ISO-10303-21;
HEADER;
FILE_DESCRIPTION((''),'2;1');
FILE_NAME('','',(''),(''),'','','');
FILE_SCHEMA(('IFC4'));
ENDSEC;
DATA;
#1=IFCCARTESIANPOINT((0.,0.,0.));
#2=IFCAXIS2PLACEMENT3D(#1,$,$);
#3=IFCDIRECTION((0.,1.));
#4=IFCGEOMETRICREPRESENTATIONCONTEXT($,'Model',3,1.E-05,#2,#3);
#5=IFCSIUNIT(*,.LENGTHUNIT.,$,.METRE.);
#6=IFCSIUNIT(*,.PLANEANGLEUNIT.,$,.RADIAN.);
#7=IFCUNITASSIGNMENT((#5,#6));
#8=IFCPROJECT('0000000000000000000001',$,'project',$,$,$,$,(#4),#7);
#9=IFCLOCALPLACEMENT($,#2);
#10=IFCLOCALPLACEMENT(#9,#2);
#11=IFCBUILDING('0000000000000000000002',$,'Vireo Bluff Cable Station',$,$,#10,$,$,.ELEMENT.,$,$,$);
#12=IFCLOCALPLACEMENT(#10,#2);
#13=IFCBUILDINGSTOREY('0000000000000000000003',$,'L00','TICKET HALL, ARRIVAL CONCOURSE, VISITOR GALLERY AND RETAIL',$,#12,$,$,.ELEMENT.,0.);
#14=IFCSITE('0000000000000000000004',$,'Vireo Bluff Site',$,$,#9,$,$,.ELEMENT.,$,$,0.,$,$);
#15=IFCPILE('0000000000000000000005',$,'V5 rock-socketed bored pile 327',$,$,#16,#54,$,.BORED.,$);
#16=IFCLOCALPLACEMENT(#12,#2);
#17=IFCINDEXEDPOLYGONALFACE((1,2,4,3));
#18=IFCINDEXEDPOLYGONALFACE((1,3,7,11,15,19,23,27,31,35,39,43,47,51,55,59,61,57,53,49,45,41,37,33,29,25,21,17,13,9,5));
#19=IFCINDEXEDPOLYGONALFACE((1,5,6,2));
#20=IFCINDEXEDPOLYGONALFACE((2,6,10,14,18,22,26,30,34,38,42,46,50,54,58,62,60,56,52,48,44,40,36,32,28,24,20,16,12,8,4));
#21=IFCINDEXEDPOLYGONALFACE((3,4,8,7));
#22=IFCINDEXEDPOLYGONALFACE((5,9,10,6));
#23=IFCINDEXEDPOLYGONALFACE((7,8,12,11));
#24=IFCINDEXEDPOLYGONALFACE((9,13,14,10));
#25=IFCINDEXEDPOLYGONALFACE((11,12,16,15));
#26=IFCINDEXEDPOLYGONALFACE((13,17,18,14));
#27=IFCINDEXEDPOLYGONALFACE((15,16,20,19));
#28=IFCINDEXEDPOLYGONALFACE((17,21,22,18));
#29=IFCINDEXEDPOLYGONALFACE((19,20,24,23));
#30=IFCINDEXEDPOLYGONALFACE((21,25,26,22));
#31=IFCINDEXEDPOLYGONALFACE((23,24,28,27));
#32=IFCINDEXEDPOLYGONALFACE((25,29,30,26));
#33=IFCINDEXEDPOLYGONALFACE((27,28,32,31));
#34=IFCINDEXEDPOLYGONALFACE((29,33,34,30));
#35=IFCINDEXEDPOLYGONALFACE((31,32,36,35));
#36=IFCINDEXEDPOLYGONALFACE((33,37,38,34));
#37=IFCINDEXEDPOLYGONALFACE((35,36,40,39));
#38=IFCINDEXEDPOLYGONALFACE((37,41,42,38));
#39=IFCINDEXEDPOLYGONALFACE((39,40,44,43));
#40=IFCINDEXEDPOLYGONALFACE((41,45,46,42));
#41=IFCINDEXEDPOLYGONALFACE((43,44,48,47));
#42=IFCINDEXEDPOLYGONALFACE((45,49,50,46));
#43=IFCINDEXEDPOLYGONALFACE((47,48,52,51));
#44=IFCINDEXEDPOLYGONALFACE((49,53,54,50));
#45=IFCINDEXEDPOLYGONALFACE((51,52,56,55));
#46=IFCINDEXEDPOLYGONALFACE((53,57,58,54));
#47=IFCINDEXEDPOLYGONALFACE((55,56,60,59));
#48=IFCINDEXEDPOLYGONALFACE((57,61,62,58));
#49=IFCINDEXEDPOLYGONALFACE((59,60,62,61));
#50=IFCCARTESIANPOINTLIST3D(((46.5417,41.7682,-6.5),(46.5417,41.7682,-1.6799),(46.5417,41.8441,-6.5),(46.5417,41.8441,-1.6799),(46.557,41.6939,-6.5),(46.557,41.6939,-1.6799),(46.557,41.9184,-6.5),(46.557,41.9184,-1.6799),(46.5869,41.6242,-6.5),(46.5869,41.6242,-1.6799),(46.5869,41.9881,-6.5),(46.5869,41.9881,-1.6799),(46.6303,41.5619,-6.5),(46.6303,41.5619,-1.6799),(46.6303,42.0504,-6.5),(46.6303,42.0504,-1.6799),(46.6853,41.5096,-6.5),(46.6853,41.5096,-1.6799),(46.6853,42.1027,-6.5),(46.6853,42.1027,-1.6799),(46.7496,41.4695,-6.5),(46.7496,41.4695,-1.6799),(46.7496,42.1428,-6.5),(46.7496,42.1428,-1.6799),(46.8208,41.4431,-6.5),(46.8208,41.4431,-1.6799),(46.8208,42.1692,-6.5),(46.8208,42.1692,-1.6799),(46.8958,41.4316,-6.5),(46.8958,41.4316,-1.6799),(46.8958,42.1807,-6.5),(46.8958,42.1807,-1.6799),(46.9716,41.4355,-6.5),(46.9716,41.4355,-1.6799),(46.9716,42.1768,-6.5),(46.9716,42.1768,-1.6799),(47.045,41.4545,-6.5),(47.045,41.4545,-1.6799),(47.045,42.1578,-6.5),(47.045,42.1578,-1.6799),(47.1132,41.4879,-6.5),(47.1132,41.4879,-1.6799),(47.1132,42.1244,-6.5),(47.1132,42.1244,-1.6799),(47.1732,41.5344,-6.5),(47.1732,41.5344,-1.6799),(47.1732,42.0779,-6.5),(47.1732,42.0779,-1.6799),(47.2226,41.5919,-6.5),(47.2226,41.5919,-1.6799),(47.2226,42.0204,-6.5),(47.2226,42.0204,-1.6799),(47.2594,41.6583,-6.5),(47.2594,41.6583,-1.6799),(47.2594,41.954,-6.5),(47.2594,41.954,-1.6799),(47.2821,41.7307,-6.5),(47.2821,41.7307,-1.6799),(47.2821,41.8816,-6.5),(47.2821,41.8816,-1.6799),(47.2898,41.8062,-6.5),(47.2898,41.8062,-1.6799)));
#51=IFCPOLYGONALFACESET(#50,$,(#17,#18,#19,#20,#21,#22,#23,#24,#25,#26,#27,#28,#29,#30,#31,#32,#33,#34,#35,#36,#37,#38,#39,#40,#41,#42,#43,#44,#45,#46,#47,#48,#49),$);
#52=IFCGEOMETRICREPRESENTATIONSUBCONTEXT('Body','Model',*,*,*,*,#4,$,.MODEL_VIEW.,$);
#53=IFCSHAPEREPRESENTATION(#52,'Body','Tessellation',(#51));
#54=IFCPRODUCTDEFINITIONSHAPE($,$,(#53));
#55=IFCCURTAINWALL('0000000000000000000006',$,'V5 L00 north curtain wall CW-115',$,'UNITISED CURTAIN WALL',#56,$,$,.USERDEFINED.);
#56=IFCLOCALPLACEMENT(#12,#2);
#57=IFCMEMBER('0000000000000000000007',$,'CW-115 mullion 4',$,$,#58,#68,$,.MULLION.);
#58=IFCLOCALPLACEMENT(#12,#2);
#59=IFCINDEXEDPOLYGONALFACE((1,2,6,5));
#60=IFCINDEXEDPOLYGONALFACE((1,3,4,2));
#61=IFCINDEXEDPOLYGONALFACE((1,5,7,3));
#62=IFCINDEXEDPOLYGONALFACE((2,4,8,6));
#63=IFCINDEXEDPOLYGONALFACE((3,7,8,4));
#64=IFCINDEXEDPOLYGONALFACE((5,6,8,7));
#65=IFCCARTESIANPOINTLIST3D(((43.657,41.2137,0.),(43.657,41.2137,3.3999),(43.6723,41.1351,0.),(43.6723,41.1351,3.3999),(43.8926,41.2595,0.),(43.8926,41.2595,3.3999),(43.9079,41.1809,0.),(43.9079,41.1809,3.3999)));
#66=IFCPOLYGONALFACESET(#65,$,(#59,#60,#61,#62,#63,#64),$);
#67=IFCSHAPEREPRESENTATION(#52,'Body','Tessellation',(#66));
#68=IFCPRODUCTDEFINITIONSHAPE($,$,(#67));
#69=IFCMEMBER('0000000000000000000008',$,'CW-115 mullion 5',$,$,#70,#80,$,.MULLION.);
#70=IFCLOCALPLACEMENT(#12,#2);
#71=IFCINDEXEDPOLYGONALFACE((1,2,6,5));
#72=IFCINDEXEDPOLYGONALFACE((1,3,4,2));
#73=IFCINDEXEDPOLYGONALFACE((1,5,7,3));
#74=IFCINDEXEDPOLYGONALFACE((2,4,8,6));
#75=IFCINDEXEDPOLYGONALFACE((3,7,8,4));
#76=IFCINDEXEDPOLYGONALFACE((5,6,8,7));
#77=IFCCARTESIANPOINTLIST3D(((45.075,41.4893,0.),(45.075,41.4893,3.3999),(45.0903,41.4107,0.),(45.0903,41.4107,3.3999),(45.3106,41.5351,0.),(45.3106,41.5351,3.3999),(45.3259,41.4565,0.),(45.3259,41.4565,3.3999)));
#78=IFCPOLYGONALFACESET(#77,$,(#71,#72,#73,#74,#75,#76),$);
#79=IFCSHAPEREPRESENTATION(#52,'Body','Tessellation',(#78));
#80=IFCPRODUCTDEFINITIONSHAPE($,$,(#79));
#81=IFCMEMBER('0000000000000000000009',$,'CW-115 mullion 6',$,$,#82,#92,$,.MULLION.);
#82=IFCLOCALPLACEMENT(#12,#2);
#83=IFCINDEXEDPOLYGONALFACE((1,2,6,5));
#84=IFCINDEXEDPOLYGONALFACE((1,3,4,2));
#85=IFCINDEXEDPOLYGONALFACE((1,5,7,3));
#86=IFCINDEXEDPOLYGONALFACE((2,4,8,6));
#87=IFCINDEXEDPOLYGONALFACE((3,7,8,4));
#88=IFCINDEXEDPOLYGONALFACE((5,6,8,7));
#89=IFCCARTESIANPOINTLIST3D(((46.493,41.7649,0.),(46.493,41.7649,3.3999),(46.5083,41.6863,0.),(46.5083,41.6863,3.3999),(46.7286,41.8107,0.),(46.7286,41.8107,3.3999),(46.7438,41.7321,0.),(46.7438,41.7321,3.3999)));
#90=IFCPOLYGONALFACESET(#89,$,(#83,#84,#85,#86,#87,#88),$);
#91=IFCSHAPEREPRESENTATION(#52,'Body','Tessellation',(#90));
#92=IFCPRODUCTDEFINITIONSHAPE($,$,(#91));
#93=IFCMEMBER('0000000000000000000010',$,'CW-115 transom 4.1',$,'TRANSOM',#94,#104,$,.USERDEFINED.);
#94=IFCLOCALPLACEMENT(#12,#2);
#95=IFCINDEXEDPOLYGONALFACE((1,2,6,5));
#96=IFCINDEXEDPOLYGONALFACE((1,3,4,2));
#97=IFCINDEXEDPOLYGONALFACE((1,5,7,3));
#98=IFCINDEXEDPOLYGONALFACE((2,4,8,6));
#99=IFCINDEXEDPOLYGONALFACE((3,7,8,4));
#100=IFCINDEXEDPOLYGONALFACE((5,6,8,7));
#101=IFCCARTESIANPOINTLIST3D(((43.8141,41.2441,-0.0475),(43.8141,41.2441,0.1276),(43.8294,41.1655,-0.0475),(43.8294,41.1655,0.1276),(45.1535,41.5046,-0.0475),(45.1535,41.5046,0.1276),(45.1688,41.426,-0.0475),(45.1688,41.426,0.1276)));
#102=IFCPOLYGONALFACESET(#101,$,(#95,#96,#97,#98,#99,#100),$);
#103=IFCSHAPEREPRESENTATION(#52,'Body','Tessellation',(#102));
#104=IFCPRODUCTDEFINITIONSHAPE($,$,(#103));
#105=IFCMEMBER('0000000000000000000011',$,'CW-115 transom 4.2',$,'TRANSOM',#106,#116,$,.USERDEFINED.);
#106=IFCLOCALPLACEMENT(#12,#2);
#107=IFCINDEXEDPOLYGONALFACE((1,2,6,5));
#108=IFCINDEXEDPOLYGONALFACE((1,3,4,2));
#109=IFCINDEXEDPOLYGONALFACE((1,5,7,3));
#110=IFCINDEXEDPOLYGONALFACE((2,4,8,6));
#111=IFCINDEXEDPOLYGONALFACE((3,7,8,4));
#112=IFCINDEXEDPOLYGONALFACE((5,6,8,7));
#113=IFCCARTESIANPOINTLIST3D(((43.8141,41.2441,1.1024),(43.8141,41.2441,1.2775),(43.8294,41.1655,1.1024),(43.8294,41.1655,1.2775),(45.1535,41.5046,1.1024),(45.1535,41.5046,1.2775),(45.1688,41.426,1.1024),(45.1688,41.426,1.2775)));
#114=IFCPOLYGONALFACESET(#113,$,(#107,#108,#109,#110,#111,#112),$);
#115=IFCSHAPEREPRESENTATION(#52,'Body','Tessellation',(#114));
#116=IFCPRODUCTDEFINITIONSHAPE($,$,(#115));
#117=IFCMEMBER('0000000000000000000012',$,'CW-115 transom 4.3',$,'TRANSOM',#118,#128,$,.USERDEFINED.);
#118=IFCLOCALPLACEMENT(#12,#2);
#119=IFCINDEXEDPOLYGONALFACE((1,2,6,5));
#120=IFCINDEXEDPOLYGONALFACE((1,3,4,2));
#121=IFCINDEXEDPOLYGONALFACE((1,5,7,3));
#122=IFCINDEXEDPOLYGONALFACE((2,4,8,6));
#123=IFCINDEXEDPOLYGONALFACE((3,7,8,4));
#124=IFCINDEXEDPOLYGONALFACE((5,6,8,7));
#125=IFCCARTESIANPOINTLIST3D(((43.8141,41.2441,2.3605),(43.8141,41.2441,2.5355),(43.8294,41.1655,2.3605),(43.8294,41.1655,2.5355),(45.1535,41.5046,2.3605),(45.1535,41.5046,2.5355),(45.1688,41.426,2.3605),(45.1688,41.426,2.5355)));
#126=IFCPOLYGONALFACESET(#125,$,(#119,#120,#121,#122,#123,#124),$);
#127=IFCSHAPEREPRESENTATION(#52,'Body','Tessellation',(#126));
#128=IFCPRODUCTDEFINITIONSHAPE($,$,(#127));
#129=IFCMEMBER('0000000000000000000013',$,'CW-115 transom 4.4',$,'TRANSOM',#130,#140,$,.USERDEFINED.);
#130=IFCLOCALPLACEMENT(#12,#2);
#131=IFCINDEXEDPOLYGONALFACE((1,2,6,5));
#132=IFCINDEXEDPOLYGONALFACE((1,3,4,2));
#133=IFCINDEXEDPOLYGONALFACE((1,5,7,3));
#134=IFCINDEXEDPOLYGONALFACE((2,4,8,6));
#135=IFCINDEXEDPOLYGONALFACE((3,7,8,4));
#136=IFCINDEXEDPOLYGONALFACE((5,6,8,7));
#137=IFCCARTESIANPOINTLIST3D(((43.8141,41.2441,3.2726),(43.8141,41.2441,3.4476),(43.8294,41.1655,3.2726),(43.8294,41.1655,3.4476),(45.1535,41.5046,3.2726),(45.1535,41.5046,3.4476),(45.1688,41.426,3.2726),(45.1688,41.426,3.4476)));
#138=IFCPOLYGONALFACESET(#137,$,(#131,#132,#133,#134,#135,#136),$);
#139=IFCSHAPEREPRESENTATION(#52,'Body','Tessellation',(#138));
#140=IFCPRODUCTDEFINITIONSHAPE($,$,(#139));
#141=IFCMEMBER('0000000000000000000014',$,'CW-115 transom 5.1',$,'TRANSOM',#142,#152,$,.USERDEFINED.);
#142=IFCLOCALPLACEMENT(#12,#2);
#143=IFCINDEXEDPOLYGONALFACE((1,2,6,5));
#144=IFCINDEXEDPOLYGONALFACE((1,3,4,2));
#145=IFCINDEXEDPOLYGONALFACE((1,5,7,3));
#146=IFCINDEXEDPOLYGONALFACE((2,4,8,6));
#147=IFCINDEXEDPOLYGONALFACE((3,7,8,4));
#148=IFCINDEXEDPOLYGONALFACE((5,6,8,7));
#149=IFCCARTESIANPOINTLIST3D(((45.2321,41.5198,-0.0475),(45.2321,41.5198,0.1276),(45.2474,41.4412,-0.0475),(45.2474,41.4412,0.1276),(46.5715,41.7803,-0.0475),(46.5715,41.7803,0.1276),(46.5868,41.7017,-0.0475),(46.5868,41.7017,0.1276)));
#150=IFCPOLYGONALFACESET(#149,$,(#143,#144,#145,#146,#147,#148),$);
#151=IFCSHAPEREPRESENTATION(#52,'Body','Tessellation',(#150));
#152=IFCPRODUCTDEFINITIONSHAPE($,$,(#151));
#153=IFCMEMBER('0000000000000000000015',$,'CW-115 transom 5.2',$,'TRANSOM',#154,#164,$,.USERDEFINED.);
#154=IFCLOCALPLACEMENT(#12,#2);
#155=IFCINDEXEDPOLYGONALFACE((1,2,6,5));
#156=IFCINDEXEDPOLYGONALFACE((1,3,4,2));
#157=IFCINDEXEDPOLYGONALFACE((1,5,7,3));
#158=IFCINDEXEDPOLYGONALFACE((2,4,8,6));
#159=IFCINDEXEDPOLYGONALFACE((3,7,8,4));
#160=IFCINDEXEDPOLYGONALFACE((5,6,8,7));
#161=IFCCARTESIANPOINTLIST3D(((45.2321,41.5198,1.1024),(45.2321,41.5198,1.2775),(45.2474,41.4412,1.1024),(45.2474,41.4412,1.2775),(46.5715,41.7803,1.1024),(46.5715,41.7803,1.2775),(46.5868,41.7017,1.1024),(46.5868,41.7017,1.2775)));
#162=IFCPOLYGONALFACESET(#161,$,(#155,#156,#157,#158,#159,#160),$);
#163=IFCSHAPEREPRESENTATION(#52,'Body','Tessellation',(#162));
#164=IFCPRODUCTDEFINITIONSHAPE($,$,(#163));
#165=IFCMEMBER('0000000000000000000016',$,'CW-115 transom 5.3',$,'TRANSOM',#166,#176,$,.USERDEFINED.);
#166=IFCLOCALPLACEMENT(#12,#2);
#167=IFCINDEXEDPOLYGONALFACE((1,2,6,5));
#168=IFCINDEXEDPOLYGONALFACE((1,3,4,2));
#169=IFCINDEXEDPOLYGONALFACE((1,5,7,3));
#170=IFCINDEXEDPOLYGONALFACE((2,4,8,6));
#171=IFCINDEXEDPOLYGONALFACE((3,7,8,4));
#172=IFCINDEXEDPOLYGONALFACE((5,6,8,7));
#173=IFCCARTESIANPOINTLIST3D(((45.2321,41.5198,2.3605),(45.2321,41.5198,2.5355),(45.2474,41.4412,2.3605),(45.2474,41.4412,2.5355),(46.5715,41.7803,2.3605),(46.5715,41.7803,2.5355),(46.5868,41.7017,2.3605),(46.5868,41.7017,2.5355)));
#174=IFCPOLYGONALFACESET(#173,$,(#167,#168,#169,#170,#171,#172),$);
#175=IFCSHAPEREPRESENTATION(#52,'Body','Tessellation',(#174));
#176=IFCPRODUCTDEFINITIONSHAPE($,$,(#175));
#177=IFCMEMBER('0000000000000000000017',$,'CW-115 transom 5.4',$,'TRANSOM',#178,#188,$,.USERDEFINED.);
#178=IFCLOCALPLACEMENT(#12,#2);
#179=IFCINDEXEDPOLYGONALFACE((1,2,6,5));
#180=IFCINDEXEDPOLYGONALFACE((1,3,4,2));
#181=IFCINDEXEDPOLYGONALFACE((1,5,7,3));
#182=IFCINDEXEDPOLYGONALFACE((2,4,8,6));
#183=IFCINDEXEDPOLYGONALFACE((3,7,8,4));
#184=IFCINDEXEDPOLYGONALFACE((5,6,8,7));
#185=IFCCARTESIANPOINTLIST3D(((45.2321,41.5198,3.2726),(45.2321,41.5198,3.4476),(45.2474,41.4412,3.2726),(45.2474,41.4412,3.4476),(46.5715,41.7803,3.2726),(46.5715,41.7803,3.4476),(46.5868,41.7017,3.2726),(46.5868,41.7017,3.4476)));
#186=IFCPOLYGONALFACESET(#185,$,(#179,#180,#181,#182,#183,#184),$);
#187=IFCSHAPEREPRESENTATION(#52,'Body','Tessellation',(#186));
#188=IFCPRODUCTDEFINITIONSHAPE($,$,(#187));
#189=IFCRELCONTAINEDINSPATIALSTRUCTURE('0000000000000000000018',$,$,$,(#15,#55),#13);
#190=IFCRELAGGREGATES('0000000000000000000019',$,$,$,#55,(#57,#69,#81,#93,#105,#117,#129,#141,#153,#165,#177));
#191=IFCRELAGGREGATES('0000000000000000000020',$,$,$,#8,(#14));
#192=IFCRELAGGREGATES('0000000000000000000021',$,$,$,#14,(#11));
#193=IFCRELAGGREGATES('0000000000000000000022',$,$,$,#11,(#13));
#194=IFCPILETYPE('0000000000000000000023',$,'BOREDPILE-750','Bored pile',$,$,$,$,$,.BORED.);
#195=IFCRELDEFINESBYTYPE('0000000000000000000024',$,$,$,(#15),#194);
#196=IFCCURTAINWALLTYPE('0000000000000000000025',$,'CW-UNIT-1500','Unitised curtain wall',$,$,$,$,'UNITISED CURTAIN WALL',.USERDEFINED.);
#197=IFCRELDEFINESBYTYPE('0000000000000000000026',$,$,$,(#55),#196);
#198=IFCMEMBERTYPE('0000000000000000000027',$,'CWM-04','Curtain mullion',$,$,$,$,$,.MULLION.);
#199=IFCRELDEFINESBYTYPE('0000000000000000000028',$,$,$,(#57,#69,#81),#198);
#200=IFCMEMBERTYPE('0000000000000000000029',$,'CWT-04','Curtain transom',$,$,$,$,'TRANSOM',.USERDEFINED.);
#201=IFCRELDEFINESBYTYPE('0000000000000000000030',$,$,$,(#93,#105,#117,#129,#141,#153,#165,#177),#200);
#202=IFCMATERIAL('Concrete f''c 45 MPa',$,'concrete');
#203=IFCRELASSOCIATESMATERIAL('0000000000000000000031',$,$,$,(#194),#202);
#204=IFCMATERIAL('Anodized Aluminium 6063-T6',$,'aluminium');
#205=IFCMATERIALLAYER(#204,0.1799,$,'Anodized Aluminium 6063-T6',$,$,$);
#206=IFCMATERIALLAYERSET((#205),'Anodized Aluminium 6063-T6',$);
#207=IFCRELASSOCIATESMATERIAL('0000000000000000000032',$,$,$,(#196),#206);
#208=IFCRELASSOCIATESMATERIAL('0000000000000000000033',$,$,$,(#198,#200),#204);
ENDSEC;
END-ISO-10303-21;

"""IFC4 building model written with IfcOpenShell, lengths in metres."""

from ifc_helpers import new_model, si_unit, direction, frame, origin, origin_2d, place, context, subcontext, project, spatial, rectangle, circle, extrude, material, layer, layer_set, material_profile, profile_set, type_object, element, aggregate, save


model = new_model("IFC4")

# Units and contexts
model_context = context("Model", 3, precision=1e-05, world=origin(), true_north=direction((0.0, 1.0)))
body_context = subcontext(model_context, "Body", "Model", "MODEL_VIEW")
ifc_project = project(units=[si_unit("LENGTHUNIT", "METRE"), si_unit("PLANEANGLEUNIT", "RADIAN")], contexts=[model_context])

# Site, building, storey
site_placement = place(None, origin())
site = spatial("IfcSite", under=ifc_project, at=site_placement, Name="Vireo Bluff Site", CompositionType="ELEMENT", RefElevation=0.0)
building_placement = place(site_placement, origin())
building = spatial("IfcBuilding", under=site, at=building_placement, Name="Vireo Bluff Cable Station", CompositionType="ELEMENT")
storey_placement = place(building_placement, origin())
storey = spatial("IfcBuildingStorey", under=building, at=storey_placement, Name="L00", Description="TICKET HALL, ARRIVAL CONCOURSE, VISITOR GALLERY AND RETAIL", CompositionType="ELEMENT", Elevation=0.0)

# Pile
ifc_material_1 = material(Name="Concrete f'c 45 MPa", Category="concrete")
ifc_material_profile_1 = material_profile(ifc_material_1, circle(Radius=0.375, at=origin_2d()), Name="BOREDPILE-750")
ifc_profile_set_1 = profile_set([ifc_material_profile_1], Name="Concrete f'c 45 MPa")
pile_type = type_object("IfcPileType", Name="BOREDPILE-750", Description="Bored pile", PredefinedType="BORED", material=ifc_profile_set_1)
pile_placement = place(storey_placement, frame((46.9148, 41.8062, -1.6799), z_axis=(0.0, 0.0, -1.0), x_axis=(1.0, 0.0, 0.0)))
element("IfcPile", 1, at=pile_placement, inside=storey, type_object=pile_type, Name="V5 rock-socketed bored pile 327", PredefinedType="BORED", context=body_context, shape_type="SweptSolid", body=[
    extrude(circle(Radius=0.375, at=origin_2d()), origin(), (0.0, 0.0, 1.0), 4.8201),
])

# Curtain wall, members
ifc_material_2 = material(Name="Anodized Aluminium 6063-T6", Category="aluminium")
ifc_layer_1 = layer(ifc_material_2, 0.1799, Name="Anodized Aluminium 6063-T6")
ifc_layer_set_1 = layer_set([ifc_layer_1], Name="Anodized Aluminium 6063-T6")
curtain_wall_type = type_object("IfcCurtainWallType", Name="CW-UNIT-1500", Description="Unitised curtain wall", ElementType="UNITISED CURTAIN WALL", PredefinedType="USERDEFINED", material=ifc_layer_set_1)
curtain_wall_placement = place(storey_placement, origin())
curtain_wall = element("IfcCurtainWall", 2, at=curtain_wall_placement, inside=storey, type_object=curtain_wall_type, Name="V5 L00 north curtain wall CW-115", ObjectType="UNITISED CURTAIN WALL", PredefinedType="USERDEFINED")
ifc_material_profile_2 = material_profile(ifc_material_2, rectangle(XDim=0.0801, YDim=0.24, at=origin_2d()), Name="ALU-M-80X240")
ifc_profile_set_2 = profile_set([ifc_material_profile_2], Name="Anodized Aluminium 6063-T6")
member_type_1 = type_object("IfcMemberType", Name="CWM-04", Description="Curtain mullion", PredefinedType="MULLION", material=ifc_profile_set_2)
member_1_placement = place(storey_placement, frame((43.7825, 41.1973, 0.0), z_axis=(0.0, 0.0, 1.0), x_axis=(-0.190809, 0.981627, 0.0)))
member_1 = element("IfcMember", 3, at=member_1_placement, type_object=member_type_1, Name="CW-115 mullion 4", PredefinedType="MULLION", context=body_context, shape_type="SweptSolid", body=[
    extrude(rectangle(XDim=0.0801, YDim=0.24, at=origin_2d()), origin(), (0.0, 0.0, 1.0), 3.3999),
])
member_2_placement = place(storey_placement, frame((45.2004, 41.4729, 0.0), z_axis=(0.0, 0.0, 1.0), x_axis=(-0.190809, 0.981627, 0.0)))
member_2 = element("IfcMember", 4, at=member_2_placement, type_object=member_type_1, Name="CW-115 mullion 5", PredefinedType="MULLION", context=body_context, shape_type="SweptSolid", body=[
    extrude(rectangle(XDim=0.0801, YDim=0.24, at=origin_2d()), origin(), (0.0, 0.0, 1.0), 3.3999),
])
member_3_placement = place(storey_placement, frame((46.6184, 41.7485, 0.0), z_axis=(0.0, 0.0, 1.0), x_axis=(-0.190809, 0.981627, 0.0)))
member_3 = element("IfcMember", 5, at=member_3_placement, type_object=member_type_1, Name="CW-115 mullion 6", PredefinedType="MULLION", context=body_context, shape_type="SweptSolid", body=[
    extrude(rectangle(XDim=0.0801, YDim=0.24, at=origin_2d()), origin(), (0.0, 0.0, 1.0), 3.3999),
])
ifc_material_profile_3 = material_profile(ifc_material_2, rectangle(XDim=0.0801, YDim=0.175, at=origin_2d()), Name="ALU-T-80X175")
ifc_profile_set_3 = profile_set([ifc_material_profile_3], Name="Anodized Aluminium 6063-T6")
member_type_2 = type_object("IfcMemberType", Name="CWT-04", Description="Curtain transom", ElementType="TRANSOM", PredefinedType="USERDEFINED", material=ifc_profile_set_3)
member_4_placement = place(storey_placement, frame((43.8218, 41.2048, 0.04), z_axis=(0.981606, 0.190918, 0.0), x_axis=(-0.190918, 0.981606, 0.0)))
member_4 = element("IfcMember", 6, at=member_4_placement, type_object=member_type_2, Name="CW-115 transom 4.1", ObjectType="TRANSOM", PredefinedType="USERDEFINED", context=body_context, shape_type="SweptSolid", body=[
    extrude(rectangle(XDim=0.0801, YDim=0.175, at=origin_2d()), origin(), (0.0, 0.0, 1.0), 1.3645),
])
member_5_placement = place(storey_placement, frame((43.8218, 41.2048, 1.1899), z_axis=(0.981606, 0.190918, 0.0), x_axis=(-0.190918, 0.981606, 0.0)))
member_5 = element("IfcMember", 7, at=member_5_placement, type_object=member_type_2, Name="CW-115 transom 4.2", ObjectType="TRANSOM", PredefinedType="USERDEFINED", context=body_context, shape_type="SweptSolid", body=[
    extrude(rectangle(XDim=0.0801, YDim=0.175, at=origin_2d()), origin(), (0.0, 0.0, 1.0), 1.3645),
])
member_6_placement = place(storey_placement, frame((43.8218, 41.2048, 2.448), z_axis=(0.981606, 0.190918, 0.0), x_axis=(-0.190918, 0.981606, 0.0)))
member_6 = element("IfcMember", 8, at=member_6_placement, type_object=member_type_2, Name="CW-115 transom 4.3", ObjectType="TRANSOM", PredefinedType="USERDEFINED", context=body_context, shape_type="SweptSolid", body=[
    extrude(rectangle(XDim=0.0801, YDim=0.175, at=origin_2d()), origin(), (0.0, 0.0, 1.0), 1.3645),
])
member_7_placement = place(storey_placement, frame((43.8218, 41.2048, 3.3601), z_axis=(0.981606, 0.190918, 0.0), x_axis=(-0.190918, 0.981606, 0.0)))
member_7 = element("IfcMember", 9, at=member_7_placement, type_object=member_type_2, Name="CW-115 transom 4.4", ObjectType="TRANSOM", PredefinedType="USERDEFINED", context=body_context, shape_type="SweptSolid", body=[
    extrude(rectangle(XDim=0.0801, YDim=0.175, at=origin_2d()), origin(), (0.0, 0.0, 1.0), 1.3645),
])
member_8_placement = place(storey_placement, frame((45.2397, 41.4805, 0.04), z_axis=(0.981606, 0.190918, 0.0), x_axis=(-0.190918, 0.981606, 0.0)))
member_8 = element("IfcMember", 10, at=member_8_placement, type_object=member_type_2, Name="CW-115 transom 5.1", ObjectType="TRANSOM", PredefinedType="USERDEFINED", context=body_context, shape_type="SweptSolid", body=[
    extrude(rectangle(XDim=0.0801, YDim=0.175, at=origin_2d()), origin(), (0.0, 0.0, 1.0), 1.3645),
])
member_9_placement = place(storey_placement, frame((45.2397, 41.4805, 1.1899), z_axis=(0.981606, 0.190918, 0.0), x_axis=(-0.190918, 0.981606, 0.0)))
member_9 = element("IfcMember", 11, at=member_9_placement, type_object=member_type_2, Name="CW-115 transom 5.2", ObjectType="TRANSOM", PredefinedType="USERDEFINED", context=body_context, shape_type="SweptSolid", body=[
    extrude(rectangle(XDim=0.0801, YDim=0.175, at=origin_2d()), origin(), (0.0, 0.0, 1.0), 1.3645),
])
member_10_placement = place(storey_placement, frame((45.2397, 41.4805, 2.448), z_axis=(0.981606, 0.190918, 0.0), x_axis=(-0.190918, 0.981606, 0.0)))
member_10 = element("IfcMember", 12, at=member_10_placement, type_object=member_type_2, Name="CW-115 transom 5.3", ObjectType="TRANSOM", PredefinedType="USERDEFINED", context=body_context, shape_type="SweptSolid", body=[
    extrude(rectangle(XDim=0.0801, YDim=0.175, at=origin_2d()), origin(), (0.0, 0.0, 1.0), 1.3645),
])
member_11_placement = place(storey_placement, frame((45.2397, 41.4805, 3.3601), z_axis=(0.981606, 0.190918, 0.0), x_axis=(-0.190918, 0.981606, 0.0)))
member_11 = element("IfcMember", 13, at=member_11_placement, type_object=member_type_2, Name="CW-115 transom 5.4", ObjectType="TRANSOM", PredefinedType="USERDEFINED", context=body_context, shape_type="SweptSolid", body=[
    extrude(rectangle(XDim=0.0801, YDim=0.175, at=origin_2d()), origin(), (0.0, 0.0, 1.0), 1.3645),
])
aggregate(curtain_wall, [member_1, member_2, member_3, member_4, member_5, member_6, member_7, member_8, member_9, member_10, member_11])

save(model, "model.ifc")
